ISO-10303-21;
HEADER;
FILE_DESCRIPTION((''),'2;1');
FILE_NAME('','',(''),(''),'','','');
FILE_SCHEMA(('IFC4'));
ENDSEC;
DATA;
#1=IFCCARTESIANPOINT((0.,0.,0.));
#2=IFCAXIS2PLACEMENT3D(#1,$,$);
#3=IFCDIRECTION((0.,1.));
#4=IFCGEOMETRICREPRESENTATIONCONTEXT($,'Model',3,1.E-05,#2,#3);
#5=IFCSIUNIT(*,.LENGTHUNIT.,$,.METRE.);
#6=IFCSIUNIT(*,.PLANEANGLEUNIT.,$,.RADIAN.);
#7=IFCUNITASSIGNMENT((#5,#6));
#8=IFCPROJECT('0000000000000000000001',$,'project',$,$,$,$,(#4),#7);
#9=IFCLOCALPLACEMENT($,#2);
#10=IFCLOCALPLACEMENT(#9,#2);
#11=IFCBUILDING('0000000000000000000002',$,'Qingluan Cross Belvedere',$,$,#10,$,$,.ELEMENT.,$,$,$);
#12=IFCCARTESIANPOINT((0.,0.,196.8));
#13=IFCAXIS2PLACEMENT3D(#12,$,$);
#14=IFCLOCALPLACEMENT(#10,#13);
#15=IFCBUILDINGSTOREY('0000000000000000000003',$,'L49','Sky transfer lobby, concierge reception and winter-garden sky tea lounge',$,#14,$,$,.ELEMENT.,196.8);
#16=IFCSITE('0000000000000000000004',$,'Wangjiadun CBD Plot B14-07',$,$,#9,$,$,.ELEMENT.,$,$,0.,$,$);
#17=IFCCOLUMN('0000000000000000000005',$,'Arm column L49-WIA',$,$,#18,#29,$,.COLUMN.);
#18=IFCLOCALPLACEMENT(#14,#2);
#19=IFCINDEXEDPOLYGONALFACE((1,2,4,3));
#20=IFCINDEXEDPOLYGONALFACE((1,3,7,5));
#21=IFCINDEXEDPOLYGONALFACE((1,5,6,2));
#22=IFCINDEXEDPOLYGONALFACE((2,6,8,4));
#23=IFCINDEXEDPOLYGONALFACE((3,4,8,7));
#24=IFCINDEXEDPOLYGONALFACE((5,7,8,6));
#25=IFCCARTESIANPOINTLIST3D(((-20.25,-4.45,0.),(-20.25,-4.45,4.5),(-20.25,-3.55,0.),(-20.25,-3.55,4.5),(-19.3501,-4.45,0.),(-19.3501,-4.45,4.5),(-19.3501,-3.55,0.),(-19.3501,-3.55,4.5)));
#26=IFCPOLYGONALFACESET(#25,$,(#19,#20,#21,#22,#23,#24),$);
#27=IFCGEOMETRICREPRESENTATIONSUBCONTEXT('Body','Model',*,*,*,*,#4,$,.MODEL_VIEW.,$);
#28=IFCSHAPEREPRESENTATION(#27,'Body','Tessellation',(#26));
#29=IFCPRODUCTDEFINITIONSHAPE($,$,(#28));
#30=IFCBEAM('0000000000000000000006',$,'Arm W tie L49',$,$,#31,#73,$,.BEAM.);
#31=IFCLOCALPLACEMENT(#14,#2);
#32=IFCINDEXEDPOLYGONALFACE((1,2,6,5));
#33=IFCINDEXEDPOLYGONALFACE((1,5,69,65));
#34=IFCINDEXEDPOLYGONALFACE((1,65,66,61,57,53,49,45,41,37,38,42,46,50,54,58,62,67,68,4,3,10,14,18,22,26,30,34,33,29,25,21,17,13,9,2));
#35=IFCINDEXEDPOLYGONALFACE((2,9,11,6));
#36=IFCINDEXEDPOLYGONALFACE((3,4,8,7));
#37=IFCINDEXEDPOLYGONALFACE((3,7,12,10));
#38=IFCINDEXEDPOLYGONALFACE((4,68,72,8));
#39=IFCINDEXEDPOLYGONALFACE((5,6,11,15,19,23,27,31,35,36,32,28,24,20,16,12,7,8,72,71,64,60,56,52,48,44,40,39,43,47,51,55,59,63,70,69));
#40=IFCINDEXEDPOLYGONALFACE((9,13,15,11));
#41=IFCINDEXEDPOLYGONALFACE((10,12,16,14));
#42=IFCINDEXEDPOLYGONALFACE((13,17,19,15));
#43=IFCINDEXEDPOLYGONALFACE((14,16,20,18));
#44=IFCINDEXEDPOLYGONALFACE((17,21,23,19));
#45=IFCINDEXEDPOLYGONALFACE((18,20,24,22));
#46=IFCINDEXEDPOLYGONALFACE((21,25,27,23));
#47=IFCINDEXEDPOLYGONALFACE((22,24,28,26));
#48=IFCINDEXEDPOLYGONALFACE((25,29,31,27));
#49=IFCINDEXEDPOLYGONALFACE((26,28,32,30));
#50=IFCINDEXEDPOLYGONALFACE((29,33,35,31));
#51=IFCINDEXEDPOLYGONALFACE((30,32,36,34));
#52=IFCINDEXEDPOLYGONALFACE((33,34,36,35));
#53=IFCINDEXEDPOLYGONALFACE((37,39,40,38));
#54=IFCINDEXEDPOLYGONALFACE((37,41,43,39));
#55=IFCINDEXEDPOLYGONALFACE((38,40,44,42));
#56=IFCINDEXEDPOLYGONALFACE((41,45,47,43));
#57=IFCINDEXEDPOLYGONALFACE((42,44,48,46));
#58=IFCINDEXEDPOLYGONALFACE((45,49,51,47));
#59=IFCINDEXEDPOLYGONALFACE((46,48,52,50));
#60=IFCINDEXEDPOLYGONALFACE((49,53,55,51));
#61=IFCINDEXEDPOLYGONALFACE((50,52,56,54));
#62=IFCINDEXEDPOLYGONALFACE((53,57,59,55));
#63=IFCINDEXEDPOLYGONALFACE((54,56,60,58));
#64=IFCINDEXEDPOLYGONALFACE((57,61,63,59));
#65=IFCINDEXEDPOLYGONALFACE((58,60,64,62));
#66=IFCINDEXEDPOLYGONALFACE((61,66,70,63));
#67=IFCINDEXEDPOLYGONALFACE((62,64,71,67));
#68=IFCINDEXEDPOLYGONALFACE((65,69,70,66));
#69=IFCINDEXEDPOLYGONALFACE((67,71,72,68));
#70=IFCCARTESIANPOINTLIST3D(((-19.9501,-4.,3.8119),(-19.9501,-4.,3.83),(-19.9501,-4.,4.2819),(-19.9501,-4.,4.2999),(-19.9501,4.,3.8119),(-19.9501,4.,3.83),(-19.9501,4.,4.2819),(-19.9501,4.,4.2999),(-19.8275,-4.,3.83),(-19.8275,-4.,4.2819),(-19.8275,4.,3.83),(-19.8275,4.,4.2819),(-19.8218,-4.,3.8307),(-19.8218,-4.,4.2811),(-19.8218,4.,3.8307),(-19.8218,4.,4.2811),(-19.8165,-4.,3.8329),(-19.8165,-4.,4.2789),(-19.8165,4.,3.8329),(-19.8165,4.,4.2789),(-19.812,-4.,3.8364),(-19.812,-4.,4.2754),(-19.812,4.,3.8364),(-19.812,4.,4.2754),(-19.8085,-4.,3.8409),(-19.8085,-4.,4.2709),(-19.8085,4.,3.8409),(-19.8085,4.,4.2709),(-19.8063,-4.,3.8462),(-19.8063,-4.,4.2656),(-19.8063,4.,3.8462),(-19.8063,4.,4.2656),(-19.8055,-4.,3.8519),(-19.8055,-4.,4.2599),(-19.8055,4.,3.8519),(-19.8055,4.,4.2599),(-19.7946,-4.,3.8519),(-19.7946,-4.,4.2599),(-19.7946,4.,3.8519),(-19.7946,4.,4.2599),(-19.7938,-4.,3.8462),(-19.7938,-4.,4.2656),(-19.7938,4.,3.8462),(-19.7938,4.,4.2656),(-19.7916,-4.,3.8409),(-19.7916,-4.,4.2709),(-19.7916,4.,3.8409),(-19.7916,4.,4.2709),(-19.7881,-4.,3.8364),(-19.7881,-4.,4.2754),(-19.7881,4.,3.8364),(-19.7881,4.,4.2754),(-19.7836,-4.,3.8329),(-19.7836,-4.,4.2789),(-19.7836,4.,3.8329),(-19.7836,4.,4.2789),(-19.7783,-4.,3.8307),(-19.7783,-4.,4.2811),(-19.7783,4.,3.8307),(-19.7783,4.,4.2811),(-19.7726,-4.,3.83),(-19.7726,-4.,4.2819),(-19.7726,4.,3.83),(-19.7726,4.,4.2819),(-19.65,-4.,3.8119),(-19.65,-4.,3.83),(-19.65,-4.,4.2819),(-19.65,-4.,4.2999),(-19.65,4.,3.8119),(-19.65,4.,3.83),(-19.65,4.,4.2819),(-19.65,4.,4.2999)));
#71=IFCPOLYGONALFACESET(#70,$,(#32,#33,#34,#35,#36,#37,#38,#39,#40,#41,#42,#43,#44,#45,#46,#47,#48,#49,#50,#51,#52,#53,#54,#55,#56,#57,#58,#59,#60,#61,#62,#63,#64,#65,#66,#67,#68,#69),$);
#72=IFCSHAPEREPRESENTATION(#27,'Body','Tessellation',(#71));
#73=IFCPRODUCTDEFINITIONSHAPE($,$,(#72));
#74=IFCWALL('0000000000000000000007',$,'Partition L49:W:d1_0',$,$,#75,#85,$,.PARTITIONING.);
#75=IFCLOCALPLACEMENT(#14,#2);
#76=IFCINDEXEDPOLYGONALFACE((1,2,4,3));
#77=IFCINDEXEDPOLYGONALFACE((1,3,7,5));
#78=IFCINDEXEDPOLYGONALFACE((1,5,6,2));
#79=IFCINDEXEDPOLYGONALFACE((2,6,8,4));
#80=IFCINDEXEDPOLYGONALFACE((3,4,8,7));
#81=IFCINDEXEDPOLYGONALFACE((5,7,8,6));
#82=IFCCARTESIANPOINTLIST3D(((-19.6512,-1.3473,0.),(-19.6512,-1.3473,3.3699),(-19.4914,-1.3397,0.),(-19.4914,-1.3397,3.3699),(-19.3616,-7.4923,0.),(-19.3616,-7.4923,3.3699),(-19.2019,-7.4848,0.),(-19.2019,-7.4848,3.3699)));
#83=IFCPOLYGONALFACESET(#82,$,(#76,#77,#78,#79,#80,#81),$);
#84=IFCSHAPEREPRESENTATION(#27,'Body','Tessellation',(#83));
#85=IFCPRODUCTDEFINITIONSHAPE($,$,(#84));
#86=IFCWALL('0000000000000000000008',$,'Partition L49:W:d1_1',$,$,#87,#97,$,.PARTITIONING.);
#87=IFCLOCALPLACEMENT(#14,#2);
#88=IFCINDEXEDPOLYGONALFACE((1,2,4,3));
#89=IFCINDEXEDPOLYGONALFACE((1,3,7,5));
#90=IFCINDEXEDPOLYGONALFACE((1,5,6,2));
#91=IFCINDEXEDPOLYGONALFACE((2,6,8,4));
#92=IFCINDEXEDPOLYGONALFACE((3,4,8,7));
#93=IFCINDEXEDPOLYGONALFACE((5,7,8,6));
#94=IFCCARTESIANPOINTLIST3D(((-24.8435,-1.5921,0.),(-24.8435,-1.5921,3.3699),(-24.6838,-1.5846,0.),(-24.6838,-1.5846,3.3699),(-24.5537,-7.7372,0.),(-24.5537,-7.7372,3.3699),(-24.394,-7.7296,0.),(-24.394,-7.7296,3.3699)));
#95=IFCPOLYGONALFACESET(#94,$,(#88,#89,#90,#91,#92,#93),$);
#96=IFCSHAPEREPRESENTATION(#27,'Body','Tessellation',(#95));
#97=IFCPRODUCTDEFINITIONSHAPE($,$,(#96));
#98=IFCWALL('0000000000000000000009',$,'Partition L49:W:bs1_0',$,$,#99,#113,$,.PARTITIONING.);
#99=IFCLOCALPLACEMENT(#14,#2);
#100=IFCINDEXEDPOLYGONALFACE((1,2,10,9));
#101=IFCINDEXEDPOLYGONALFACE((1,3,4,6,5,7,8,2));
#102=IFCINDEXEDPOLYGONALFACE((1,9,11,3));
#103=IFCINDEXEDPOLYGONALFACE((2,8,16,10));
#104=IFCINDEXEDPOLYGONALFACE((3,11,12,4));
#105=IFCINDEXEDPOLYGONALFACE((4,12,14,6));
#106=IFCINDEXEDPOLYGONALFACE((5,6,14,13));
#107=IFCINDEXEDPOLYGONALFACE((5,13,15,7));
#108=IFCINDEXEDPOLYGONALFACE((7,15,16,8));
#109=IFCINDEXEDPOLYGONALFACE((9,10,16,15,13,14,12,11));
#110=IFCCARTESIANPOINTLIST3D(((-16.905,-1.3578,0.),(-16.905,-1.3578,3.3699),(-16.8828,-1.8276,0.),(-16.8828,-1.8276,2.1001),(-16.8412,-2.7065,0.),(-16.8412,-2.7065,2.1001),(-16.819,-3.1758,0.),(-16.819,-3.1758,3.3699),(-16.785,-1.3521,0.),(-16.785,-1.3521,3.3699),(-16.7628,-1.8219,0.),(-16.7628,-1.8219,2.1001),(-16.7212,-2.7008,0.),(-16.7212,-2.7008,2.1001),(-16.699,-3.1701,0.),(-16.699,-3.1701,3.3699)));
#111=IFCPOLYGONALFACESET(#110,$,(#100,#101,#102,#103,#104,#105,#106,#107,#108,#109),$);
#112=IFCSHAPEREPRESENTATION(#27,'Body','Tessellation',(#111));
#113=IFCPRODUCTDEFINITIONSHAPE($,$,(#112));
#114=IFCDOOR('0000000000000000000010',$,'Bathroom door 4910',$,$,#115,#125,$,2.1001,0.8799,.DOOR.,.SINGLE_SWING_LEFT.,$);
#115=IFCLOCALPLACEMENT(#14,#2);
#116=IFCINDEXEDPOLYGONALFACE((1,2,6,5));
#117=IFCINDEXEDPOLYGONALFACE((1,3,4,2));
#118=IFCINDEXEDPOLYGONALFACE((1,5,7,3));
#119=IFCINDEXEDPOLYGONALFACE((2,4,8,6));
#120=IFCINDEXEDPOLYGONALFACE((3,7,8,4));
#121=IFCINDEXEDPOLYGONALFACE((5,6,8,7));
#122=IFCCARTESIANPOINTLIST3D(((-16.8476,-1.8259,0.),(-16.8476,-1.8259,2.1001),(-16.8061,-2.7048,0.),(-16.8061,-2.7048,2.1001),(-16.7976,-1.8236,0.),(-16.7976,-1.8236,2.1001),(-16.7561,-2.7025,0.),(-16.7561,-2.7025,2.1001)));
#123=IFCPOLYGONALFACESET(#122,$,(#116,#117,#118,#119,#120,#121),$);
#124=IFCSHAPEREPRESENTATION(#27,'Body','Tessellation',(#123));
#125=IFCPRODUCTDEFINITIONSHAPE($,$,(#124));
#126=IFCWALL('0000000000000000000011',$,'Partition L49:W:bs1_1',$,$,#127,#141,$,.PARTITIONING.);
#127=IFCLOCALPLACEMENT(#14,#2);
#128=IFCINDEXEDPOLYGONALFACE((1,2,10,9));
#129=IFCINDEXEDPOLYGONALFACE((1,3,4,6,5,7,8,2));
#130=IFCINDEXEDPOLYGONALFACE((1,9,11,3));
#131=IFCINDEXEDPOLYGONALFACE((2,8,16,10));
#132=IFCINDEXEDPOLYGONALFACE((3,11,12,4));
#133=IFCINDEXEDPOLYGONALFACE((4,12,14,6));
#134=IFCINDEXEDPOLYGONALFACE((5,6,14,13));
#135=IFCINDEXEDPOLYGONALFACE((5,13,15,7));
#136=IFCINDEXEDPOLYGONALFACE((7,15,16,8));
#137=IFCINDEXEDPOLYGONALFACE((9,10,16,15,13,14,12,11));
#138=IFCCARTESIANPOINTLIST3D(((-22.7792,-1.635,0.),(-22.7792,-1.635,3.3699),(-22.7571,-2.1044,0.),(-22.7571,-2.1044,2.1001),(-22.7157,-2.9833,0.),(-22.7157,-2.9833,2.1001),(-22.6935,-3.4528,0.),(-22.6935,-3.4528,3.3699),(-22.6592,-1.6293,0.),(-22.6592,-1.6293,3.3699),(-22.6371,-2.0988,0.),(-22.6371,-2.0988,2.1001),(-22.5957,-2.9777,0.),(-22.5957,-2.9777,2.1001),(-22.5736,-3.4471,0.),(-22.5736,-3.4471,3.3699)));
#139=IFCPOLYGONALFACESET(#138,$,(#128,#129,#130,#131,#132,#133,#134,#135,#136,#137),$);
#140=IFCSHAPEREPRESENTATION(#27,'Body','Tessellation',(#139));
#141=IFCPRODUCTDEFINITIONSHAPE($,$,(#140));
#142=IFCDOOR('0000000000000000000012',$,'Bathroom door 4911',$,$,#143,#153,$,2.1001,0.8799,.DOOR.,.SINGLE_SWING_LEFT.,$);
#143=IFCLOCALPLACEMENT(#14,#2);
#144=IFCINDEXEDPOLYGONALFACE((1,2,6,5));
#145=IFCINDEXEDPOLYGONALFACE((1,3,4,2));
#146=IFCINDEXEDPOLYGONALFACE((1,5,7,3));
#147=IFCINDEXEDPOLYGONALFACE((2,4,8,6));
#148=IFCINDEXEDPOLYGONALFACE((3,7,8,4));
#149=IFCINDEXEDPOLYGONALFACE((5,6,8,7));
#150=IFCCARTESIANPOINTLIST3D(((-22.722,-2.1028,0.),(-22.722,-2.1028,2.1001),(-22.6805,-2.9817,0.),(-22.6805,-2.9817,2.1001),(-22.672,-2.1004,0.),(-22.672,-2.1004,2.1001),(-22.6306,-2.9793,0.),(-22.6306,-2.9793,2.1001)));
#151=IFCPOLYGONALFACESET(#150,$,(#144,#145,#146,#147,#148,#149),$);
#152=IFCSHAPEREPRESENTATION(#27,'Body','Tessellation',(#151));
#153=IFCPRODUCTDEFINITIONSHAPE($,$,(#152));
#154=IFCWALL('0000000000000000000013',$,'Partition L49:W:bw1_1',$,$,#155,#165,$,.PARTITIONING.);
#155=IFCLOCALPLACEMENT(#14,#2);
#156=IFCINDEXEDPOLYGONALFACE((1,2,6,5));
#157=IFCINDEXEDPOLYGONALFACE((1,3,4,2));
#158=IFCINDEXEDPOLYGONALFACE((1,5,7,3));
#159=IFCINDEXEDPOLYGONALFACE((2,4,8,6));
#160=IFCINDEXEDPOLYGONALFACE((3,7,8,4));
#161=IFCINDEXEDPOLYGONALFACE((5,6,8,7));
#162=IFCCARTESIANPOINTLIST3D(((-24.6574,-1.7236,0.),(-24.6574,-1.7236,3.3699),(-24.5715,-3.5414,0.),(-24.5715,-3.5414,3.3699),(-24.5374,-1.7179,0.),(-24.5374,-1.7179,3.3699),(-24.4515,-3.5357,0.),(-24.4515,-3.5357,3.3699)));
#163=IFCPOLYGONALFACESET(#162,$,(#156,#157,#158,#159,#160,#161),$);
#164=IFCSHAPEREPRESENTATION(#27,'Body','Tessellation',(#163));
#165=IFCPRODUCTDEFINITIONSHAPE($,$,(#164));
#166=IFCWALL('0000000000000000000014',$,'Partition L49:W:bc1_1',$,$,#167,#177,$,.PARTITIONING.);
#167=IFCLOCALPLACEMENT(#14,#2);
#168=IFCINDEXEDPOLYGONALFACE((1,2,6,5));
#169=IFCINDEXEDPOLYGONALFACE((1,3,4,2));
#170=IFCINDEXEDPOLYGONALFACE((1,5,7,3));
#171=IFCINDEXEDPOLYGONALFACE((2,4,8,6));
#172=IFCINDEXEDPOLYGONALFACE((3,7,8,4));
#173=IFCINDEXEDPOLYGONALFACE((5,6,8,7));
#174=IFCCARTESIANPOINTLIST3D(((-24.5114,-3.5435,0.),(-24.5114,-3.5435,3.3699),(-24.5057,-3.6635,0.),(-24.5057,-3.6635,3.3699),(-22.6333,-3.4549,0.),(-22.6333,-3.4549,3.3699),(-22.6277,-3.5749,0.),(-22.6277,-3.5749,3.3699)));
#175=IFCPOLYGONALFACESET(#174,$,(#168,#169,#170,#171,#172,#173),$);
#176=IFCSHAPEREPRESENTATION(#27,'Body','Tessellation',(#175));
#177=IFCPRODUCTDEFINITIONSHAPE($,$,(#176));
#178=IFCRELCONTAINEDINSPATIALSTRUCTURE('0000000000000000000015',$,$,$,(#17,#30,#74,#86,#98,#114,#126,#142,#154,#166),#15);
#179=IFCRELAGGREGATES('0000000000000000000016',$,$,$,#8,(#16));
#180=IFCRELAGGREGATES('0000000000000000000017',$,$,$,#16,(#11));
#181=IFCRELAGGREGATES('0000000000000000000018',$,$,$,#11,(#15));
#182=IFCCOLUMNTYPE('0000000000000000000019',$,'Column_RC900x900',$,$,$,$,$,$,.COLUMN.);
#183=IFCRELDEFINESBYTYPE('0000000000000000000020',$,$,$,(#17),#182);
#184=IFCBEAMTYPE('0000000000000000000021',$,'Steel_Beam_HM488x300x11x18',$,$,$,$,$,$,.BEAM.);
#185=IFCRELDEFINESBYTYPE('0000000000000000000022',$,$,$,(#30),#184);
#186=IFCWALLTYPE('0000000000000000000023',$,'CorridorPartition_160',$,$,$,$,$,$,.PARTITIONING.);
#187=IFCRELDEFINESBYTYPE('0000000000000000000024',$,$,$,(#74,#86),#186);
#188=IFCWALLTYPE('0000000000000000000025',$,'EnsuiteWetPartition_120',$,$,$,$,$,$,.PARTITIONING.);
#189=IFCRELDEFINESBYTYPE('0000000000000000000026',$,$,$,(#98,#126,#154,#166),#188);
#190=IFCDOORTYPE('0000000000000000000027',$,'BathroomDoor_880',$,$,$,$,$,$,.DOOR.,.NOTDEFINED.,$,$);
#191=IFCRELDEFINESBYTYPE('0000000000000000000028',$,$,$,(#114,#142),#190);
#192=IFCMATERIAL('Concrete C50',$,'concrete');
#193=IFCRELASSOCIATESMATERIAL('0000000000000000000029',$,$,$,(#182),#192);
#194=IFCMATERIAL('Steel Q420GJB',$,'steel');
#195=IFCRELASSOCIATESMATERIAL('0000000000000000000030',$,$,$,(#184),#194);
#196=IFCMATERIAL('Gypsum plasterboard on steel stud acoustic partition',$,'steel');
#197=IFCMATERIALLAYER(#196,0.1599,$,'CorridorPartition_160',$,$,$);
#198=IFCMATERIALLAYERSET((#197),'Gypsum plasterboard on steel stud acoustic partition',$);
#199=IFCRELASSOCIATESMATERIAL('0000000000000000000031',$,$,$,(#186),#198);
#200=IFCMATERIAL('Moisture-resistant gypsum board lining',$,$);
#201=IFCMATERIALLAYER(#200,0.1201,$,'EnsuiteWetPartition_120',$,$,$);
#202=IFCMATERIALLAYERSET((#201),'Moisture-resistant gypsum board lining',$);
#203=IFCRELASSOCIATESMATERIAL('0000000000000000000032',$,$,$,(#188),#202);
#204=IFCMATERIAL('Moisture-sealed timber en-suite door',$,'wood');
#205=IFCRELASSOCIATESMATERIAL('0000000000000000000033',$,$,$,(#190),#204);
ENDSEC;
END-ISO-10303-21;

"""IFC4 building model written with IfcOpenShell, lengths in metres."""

from ifc_helpers import new_model, si_unit, direction, frame, frame_2d, origin, origin_2d, place, context, subcontext, project, spatial, rectangle, i_section, extrude, material, layer, layer_set, material_profile, profile_set, type_object, element, fill, save


model = new_model("IFC4")

# Units and contexts
model_context = context("Model", 3, precision=1e-05, world=origin(), true_north=direction((0.0, 1.0)))
body_context = subcontext(model_context, "Body", "Model", "MODEL_VIEW")
ifc_project = project(units=[si_unit("LENGTHUNIT", "METRE"), si_unit("PLANEANGLEUNIT", "RADIAN")], contexts=[model_context])

# Site, building, storey
site_placement = place(None, origin())
site = spatial("IfcSite", under=ifc_project, at=site_placement, Name="Wangjiadun CBD Plot B14-07", CompositionType="ELEMENT", RefElevation=0.0)
building_placement = place(site_placement, origin())
building = spatial("IfcBuilding", under=site, at=building_placement, Name="Qingluan Cross Belvedere", CompositionType="ELEMENT")
storey_placement = place(building_placement, frame((0.0, 0.0, 196.8)))
storey = spatial("IfcBuildingStorey", under=building, at=storey_placement, Name="L49", Description="Sky transfer lobby, concierge reception and winter-garden sky tea lounge", CompositionType="ELEMENT", Elevation=196.8)

# Column
ifc_material_1 = material(Name="Concrete C50", Category="concrete")
ifc_material_profile_1 = material_profile(ifc_material_1, rectangle(XDim=0.8999, YDim=0.8999, at=origin_2d()), Name="RC900x900")
ifc_profile_set_1 = profile_set([ifc_material_profile_1], Name="Concrete C50")
column_type = type_object("IfcColumnType", Name="Column_RC900x900", PredefinedType="COLUMN", material=ifc_profile_set_1)
column_placement = place(storey_placement, frame((-19.8, -4.0, 0.0), z_axis=(0.0, 0.0, 1.0), x_axis=(1.0, 0.0, 0.0)))
element("IfcColumn", 1, at=column_placement, inside=storey, type_object=column_type, Name="Arm column L49-WIA", PredefinedType="COLUMN", context=body_context, shape_type="SweptSolid", body=[
    extrude(rectangle(XDim=0.8999, YDim=0.8999, at=origin_2d()), origin(), (0.0, 0.0, 1.0), 4.5),
])

# Beam
ifc_material_2 = material(Name="Steel Q420GJB", Category="steel")
ifc_material_profile_2 = material_profile(ifc_material_2, i_section(OverallWidth=0.3, OverallDepth=0.488, WebThickness=0.011, FlangeThickness=0.0181, FilletRadius=0.022, at=origin_2d()), Name="HM488x300x11x18")
ifc_profile_set_2 = profile_set([ifc_material_profile_2], Name="Steel Q420GJB")
beam_type = type_object("IfcBeamType", Name="Steel_Beam_HM488x300x11x18", PredefinedType="BEAM", material=ifc_profile_set_2)
beam_placement = place(storey_placement, frame((-19.8, -4.0, 4.0559), z_axis=(0.0, 1.0, 0.0), x_axis=(-1.0, 0.0, 0.0)))
element("IfcBeam", 2, at=beam_placement, inside=storey, type_object=beam_type, Name="Arm W tie L49", PredefinedType="BEAM", context=body_context, shape_type="SweptSolid", body=[
    extrude(i_section(OverallWidth=0.3, OverallDepth=0.488, WebThickness=0.011, FlangeThickness=0.0181, FilletRadius=0.022, at=origin_2d()), origin(), (0.0, 0.0, 1.0), 8.0),
])

# Walls
ifc_material_3 = material(Name="Gypsum plasterboard on steel stud acoustic partition", Category="steel")
ifc_layer_1 = layer(ifc_material_3, 0.1599, Name="CorridorPartition_160")
ifc_layer_set_1 = layer_set([ifc_layer_1], Name="Gypsum plasterboard on steel stud acoustic partition")
wall_type_1 = type_object("IfcWallType", Name="CorridorPartition_160", PredefinedType="PARTITIONING", material=ifc_layer_set_1)
for number, where, z_axis, x_axis, name in (
    (3, (-19.5713, -1.3435, 0.0), (0.0, 0.0, 1.0), (0.047067, -0.998892, 0.0), "Partition L49:W:d1_0"),
    (4, (-24.7637, -1.5884, 0.0), (0.0, 0.0, 1.0), (0.047107, -0.99889, 0.0), "Partition L49:W:d1_1"),
):
    element("IfcWall", number, at=place(storey_placement, frame(where, z_axis=z_axis, x_axis=x_axis)), inside=storey, type_object=wall_type_1, Name=name, PredefinedType="PARTITIONING", context=body_context, shape_type="SweptSolid", body=[
        extrude(rectangle(XDim=6.1519, YDim=0.1599, at=frame_2d((3.0759, 0.0))), origin(), (0.0, 0.0, 1.0), 3.3699),
    ])

# Walls, openings, doors
ifc_material_4 = material(Name="Moisture-resistant gypsum board lining")
ifc_layer_2 = layer(ifc_material_4, 0.1201, Name="EnsuiteWetPartition_120")
ifc_layer_set_2 = layer_set([ifc_layer_2], Name="Moisture-resistant gypsum board lining")
wall_type_2 = type_object("IfcWallType", Name="EnsuiteWetPartition_120", PredefinedType="PARTITIONING", material=ifc_layer_set_2)
wall_1_placement = place(storey_placement, frame((-16.759, -3.1731, 0.0), z_axis=(0.0, 0.0, 1.0), x_axis=(-0.047215, 0.998885, 0.0)))
wall_1 = element("IfcWall", 5, at=wall_1_placement, inside=storey, type_object=wall_type_2, Name="Partition L49:W:bs1_0", PredefinedType="PARTITIONING", context=body_context, shape_type="SweptSolid", body=[
    extrude(rectangle(XDim=1.8201, YDim=0.1201, at=frame_2d((0.9102, 0.0))), origin(), (0.0, 0.0, 1.0), 3.3699),
])
opening_1_placement = place(wall_1_placement, frame((0.47, 0.0, 0.0)))
opening_1 = element("IfcOpeningElement", 6, at=opening_1_placement, cuts=wall_1, PredefinedType="OPENING", context=body_context, shape_type="SweptSolid", body=[
    extrude(rectangle(XDim=0.8799, YDim=2.1001, at=frame_2d((0.4399, 1.05))), frame((0.0, 0.0701, 0.0), z_axis=(0.0, -1.0, 0.0), x_axis=(1.0, 0.0, 0.0)), (0.0, 0.0, 1.0), 0.1401),
])
ifc_material_5 = material(Name="Moisture-sealed timber en-suite door", Category="wood")
door_type = type_object("IfcDoorType", Name="BathroomDoor_880", OperationType="NOTDEFINED", PredefinedType="DOOR", material=ifc_material_5)
door_1_placement = place(opening_1_placement, origin())
door_1 = element("IfcDoor", 7, at=door_1_placement, inside=storey, type_object=door_type, Name="Bathroom door 4910", OperationType="SINGLE_SWING_LEFT", OverallHeight=2.1001, OverallWidth=0.8799, PredefinedType="DOOR", context=body_context, shape_type="SweptSolid", body=[
    extrude(rectangle(XDim=0.8799, YDim=2.1001, at=frame_2d((0.4399, 1.05))), frame((0.0, 0.0249, 0.0), z_axis=(0.0, -1.0, 0.0), x_axis=(1.0, 0.0, 0.0)), (0.0, 0.0, 1.0), 0.05),
])
fill(opening_1, door_1)
wall_2_placement = place(storey_placement, frame((-22.6335, -3.45, 0.0), z_axis=(0.0, 0.0, 1.0), x_axis=(-0.047087, 0.998891, 0.0)))
wall_2 = element("IfcWall", 8, at=wall_2_placement, inside=storey, type_object=wall_type_2, Name="Partition L49:W:bs1_1", PredefinedType="PARTITIONING", context=body_context, shape_type="SweptSolid", body=[
    extrude(rectangle(XDim=1.8198, YDim=0.1201, at=frame_2d((0.9099, 0.0))), origin(), (0.0, 0.0, 1.0), 3.3699),
])
opening_2_placement = place(wall_2_placement, frame((0.47, 0.0, 0.0)))
opening_2 = element("IfcOpeningElement", 9, at=opening_2_placement, cuts=wall_2, PredefinedType="OPENING", context=body_context, shape_type="SweptSolid", body=[
    extrude(rectangle(XDim=0.8799, YDim=2.1001, at=frame_2d((0.4399, 1.05))), frame((0.0, 0.0701, 0.0), z_axis=(0.0, -1.0, 0.0), x_axis=(1.0, 0.0, 0.0)), (0.0, 0.0, 1.0), 0.1401),
])
door_2_placement = place(opening_2_placement, origin())
door_2 = element("IfcDoor", 10, at=door_2_placement, inside=storey, type_object=door_type, Name="Bathroom door 4911", OperationType="SINGLE_SWING_LEFT", OverallHeight=2.1001, OverallWidth=0.8799, PredefinedType="DOOR", context=body_context, shape_type="SweptSolid", body=[
    extrude(rectangle(XDim=0.8799, YDim=2.1001, at=frame_2d((0.4399, 1.05))), frame((0.0, 0.0249, 0.0), z_axis=(0.0, -1.0, 0.0), x_axis=(1.0, 0.0, 0.0)), (0.0, 0.0, 1.0), 0.05),
])
fill(opening_2, door_2)

# Walls
wall_3_placement = place(storey_placement, frame((-24.5115, -3.5386, 0.0), z_axis=(0.0, 0.0, 1.0), x_axis=(-0.047221, 0.998884, 0.0)))
element("IfcWall", 11, at=wall_3_placement, inside=storey, type_object=wall_type_2, Name="Partition L49:W:bw1_1", PredefinedType="PARTITIONING", context=body_context, shape_type="SweptSolid", body=[
    extrude(rectangle(XDim=1.8198, YDim=0.1201, at=frame_2d((0.9099, 0.0))), origin(), (0.0, 0.0, 1.0), 3.3699),
])
wall_4_placement = place(storey_placement, frame((-22.6306, -3.5149, 0.0), z_axis=(0.0, 0.0, 1.0), x_axis=(-0.998888, -0.047139, 0.0)))
element("IfcWall", 12, at=wall_4_placement, inside=storey, type_object=wall_type_2, Name="Partition L49:W:bc1_1", PredefinedType="PARTITIONING", context=body_context, shape_type="SweptSolid", body=[
    extrude(rectangle(XDim=1.8801, YDim=0.1201, at=frame_2d((0.9399, 0.0))), origin(), (0.0, 0.0, 1.0), 3.3699),
])

save(model, "model.ifc")
